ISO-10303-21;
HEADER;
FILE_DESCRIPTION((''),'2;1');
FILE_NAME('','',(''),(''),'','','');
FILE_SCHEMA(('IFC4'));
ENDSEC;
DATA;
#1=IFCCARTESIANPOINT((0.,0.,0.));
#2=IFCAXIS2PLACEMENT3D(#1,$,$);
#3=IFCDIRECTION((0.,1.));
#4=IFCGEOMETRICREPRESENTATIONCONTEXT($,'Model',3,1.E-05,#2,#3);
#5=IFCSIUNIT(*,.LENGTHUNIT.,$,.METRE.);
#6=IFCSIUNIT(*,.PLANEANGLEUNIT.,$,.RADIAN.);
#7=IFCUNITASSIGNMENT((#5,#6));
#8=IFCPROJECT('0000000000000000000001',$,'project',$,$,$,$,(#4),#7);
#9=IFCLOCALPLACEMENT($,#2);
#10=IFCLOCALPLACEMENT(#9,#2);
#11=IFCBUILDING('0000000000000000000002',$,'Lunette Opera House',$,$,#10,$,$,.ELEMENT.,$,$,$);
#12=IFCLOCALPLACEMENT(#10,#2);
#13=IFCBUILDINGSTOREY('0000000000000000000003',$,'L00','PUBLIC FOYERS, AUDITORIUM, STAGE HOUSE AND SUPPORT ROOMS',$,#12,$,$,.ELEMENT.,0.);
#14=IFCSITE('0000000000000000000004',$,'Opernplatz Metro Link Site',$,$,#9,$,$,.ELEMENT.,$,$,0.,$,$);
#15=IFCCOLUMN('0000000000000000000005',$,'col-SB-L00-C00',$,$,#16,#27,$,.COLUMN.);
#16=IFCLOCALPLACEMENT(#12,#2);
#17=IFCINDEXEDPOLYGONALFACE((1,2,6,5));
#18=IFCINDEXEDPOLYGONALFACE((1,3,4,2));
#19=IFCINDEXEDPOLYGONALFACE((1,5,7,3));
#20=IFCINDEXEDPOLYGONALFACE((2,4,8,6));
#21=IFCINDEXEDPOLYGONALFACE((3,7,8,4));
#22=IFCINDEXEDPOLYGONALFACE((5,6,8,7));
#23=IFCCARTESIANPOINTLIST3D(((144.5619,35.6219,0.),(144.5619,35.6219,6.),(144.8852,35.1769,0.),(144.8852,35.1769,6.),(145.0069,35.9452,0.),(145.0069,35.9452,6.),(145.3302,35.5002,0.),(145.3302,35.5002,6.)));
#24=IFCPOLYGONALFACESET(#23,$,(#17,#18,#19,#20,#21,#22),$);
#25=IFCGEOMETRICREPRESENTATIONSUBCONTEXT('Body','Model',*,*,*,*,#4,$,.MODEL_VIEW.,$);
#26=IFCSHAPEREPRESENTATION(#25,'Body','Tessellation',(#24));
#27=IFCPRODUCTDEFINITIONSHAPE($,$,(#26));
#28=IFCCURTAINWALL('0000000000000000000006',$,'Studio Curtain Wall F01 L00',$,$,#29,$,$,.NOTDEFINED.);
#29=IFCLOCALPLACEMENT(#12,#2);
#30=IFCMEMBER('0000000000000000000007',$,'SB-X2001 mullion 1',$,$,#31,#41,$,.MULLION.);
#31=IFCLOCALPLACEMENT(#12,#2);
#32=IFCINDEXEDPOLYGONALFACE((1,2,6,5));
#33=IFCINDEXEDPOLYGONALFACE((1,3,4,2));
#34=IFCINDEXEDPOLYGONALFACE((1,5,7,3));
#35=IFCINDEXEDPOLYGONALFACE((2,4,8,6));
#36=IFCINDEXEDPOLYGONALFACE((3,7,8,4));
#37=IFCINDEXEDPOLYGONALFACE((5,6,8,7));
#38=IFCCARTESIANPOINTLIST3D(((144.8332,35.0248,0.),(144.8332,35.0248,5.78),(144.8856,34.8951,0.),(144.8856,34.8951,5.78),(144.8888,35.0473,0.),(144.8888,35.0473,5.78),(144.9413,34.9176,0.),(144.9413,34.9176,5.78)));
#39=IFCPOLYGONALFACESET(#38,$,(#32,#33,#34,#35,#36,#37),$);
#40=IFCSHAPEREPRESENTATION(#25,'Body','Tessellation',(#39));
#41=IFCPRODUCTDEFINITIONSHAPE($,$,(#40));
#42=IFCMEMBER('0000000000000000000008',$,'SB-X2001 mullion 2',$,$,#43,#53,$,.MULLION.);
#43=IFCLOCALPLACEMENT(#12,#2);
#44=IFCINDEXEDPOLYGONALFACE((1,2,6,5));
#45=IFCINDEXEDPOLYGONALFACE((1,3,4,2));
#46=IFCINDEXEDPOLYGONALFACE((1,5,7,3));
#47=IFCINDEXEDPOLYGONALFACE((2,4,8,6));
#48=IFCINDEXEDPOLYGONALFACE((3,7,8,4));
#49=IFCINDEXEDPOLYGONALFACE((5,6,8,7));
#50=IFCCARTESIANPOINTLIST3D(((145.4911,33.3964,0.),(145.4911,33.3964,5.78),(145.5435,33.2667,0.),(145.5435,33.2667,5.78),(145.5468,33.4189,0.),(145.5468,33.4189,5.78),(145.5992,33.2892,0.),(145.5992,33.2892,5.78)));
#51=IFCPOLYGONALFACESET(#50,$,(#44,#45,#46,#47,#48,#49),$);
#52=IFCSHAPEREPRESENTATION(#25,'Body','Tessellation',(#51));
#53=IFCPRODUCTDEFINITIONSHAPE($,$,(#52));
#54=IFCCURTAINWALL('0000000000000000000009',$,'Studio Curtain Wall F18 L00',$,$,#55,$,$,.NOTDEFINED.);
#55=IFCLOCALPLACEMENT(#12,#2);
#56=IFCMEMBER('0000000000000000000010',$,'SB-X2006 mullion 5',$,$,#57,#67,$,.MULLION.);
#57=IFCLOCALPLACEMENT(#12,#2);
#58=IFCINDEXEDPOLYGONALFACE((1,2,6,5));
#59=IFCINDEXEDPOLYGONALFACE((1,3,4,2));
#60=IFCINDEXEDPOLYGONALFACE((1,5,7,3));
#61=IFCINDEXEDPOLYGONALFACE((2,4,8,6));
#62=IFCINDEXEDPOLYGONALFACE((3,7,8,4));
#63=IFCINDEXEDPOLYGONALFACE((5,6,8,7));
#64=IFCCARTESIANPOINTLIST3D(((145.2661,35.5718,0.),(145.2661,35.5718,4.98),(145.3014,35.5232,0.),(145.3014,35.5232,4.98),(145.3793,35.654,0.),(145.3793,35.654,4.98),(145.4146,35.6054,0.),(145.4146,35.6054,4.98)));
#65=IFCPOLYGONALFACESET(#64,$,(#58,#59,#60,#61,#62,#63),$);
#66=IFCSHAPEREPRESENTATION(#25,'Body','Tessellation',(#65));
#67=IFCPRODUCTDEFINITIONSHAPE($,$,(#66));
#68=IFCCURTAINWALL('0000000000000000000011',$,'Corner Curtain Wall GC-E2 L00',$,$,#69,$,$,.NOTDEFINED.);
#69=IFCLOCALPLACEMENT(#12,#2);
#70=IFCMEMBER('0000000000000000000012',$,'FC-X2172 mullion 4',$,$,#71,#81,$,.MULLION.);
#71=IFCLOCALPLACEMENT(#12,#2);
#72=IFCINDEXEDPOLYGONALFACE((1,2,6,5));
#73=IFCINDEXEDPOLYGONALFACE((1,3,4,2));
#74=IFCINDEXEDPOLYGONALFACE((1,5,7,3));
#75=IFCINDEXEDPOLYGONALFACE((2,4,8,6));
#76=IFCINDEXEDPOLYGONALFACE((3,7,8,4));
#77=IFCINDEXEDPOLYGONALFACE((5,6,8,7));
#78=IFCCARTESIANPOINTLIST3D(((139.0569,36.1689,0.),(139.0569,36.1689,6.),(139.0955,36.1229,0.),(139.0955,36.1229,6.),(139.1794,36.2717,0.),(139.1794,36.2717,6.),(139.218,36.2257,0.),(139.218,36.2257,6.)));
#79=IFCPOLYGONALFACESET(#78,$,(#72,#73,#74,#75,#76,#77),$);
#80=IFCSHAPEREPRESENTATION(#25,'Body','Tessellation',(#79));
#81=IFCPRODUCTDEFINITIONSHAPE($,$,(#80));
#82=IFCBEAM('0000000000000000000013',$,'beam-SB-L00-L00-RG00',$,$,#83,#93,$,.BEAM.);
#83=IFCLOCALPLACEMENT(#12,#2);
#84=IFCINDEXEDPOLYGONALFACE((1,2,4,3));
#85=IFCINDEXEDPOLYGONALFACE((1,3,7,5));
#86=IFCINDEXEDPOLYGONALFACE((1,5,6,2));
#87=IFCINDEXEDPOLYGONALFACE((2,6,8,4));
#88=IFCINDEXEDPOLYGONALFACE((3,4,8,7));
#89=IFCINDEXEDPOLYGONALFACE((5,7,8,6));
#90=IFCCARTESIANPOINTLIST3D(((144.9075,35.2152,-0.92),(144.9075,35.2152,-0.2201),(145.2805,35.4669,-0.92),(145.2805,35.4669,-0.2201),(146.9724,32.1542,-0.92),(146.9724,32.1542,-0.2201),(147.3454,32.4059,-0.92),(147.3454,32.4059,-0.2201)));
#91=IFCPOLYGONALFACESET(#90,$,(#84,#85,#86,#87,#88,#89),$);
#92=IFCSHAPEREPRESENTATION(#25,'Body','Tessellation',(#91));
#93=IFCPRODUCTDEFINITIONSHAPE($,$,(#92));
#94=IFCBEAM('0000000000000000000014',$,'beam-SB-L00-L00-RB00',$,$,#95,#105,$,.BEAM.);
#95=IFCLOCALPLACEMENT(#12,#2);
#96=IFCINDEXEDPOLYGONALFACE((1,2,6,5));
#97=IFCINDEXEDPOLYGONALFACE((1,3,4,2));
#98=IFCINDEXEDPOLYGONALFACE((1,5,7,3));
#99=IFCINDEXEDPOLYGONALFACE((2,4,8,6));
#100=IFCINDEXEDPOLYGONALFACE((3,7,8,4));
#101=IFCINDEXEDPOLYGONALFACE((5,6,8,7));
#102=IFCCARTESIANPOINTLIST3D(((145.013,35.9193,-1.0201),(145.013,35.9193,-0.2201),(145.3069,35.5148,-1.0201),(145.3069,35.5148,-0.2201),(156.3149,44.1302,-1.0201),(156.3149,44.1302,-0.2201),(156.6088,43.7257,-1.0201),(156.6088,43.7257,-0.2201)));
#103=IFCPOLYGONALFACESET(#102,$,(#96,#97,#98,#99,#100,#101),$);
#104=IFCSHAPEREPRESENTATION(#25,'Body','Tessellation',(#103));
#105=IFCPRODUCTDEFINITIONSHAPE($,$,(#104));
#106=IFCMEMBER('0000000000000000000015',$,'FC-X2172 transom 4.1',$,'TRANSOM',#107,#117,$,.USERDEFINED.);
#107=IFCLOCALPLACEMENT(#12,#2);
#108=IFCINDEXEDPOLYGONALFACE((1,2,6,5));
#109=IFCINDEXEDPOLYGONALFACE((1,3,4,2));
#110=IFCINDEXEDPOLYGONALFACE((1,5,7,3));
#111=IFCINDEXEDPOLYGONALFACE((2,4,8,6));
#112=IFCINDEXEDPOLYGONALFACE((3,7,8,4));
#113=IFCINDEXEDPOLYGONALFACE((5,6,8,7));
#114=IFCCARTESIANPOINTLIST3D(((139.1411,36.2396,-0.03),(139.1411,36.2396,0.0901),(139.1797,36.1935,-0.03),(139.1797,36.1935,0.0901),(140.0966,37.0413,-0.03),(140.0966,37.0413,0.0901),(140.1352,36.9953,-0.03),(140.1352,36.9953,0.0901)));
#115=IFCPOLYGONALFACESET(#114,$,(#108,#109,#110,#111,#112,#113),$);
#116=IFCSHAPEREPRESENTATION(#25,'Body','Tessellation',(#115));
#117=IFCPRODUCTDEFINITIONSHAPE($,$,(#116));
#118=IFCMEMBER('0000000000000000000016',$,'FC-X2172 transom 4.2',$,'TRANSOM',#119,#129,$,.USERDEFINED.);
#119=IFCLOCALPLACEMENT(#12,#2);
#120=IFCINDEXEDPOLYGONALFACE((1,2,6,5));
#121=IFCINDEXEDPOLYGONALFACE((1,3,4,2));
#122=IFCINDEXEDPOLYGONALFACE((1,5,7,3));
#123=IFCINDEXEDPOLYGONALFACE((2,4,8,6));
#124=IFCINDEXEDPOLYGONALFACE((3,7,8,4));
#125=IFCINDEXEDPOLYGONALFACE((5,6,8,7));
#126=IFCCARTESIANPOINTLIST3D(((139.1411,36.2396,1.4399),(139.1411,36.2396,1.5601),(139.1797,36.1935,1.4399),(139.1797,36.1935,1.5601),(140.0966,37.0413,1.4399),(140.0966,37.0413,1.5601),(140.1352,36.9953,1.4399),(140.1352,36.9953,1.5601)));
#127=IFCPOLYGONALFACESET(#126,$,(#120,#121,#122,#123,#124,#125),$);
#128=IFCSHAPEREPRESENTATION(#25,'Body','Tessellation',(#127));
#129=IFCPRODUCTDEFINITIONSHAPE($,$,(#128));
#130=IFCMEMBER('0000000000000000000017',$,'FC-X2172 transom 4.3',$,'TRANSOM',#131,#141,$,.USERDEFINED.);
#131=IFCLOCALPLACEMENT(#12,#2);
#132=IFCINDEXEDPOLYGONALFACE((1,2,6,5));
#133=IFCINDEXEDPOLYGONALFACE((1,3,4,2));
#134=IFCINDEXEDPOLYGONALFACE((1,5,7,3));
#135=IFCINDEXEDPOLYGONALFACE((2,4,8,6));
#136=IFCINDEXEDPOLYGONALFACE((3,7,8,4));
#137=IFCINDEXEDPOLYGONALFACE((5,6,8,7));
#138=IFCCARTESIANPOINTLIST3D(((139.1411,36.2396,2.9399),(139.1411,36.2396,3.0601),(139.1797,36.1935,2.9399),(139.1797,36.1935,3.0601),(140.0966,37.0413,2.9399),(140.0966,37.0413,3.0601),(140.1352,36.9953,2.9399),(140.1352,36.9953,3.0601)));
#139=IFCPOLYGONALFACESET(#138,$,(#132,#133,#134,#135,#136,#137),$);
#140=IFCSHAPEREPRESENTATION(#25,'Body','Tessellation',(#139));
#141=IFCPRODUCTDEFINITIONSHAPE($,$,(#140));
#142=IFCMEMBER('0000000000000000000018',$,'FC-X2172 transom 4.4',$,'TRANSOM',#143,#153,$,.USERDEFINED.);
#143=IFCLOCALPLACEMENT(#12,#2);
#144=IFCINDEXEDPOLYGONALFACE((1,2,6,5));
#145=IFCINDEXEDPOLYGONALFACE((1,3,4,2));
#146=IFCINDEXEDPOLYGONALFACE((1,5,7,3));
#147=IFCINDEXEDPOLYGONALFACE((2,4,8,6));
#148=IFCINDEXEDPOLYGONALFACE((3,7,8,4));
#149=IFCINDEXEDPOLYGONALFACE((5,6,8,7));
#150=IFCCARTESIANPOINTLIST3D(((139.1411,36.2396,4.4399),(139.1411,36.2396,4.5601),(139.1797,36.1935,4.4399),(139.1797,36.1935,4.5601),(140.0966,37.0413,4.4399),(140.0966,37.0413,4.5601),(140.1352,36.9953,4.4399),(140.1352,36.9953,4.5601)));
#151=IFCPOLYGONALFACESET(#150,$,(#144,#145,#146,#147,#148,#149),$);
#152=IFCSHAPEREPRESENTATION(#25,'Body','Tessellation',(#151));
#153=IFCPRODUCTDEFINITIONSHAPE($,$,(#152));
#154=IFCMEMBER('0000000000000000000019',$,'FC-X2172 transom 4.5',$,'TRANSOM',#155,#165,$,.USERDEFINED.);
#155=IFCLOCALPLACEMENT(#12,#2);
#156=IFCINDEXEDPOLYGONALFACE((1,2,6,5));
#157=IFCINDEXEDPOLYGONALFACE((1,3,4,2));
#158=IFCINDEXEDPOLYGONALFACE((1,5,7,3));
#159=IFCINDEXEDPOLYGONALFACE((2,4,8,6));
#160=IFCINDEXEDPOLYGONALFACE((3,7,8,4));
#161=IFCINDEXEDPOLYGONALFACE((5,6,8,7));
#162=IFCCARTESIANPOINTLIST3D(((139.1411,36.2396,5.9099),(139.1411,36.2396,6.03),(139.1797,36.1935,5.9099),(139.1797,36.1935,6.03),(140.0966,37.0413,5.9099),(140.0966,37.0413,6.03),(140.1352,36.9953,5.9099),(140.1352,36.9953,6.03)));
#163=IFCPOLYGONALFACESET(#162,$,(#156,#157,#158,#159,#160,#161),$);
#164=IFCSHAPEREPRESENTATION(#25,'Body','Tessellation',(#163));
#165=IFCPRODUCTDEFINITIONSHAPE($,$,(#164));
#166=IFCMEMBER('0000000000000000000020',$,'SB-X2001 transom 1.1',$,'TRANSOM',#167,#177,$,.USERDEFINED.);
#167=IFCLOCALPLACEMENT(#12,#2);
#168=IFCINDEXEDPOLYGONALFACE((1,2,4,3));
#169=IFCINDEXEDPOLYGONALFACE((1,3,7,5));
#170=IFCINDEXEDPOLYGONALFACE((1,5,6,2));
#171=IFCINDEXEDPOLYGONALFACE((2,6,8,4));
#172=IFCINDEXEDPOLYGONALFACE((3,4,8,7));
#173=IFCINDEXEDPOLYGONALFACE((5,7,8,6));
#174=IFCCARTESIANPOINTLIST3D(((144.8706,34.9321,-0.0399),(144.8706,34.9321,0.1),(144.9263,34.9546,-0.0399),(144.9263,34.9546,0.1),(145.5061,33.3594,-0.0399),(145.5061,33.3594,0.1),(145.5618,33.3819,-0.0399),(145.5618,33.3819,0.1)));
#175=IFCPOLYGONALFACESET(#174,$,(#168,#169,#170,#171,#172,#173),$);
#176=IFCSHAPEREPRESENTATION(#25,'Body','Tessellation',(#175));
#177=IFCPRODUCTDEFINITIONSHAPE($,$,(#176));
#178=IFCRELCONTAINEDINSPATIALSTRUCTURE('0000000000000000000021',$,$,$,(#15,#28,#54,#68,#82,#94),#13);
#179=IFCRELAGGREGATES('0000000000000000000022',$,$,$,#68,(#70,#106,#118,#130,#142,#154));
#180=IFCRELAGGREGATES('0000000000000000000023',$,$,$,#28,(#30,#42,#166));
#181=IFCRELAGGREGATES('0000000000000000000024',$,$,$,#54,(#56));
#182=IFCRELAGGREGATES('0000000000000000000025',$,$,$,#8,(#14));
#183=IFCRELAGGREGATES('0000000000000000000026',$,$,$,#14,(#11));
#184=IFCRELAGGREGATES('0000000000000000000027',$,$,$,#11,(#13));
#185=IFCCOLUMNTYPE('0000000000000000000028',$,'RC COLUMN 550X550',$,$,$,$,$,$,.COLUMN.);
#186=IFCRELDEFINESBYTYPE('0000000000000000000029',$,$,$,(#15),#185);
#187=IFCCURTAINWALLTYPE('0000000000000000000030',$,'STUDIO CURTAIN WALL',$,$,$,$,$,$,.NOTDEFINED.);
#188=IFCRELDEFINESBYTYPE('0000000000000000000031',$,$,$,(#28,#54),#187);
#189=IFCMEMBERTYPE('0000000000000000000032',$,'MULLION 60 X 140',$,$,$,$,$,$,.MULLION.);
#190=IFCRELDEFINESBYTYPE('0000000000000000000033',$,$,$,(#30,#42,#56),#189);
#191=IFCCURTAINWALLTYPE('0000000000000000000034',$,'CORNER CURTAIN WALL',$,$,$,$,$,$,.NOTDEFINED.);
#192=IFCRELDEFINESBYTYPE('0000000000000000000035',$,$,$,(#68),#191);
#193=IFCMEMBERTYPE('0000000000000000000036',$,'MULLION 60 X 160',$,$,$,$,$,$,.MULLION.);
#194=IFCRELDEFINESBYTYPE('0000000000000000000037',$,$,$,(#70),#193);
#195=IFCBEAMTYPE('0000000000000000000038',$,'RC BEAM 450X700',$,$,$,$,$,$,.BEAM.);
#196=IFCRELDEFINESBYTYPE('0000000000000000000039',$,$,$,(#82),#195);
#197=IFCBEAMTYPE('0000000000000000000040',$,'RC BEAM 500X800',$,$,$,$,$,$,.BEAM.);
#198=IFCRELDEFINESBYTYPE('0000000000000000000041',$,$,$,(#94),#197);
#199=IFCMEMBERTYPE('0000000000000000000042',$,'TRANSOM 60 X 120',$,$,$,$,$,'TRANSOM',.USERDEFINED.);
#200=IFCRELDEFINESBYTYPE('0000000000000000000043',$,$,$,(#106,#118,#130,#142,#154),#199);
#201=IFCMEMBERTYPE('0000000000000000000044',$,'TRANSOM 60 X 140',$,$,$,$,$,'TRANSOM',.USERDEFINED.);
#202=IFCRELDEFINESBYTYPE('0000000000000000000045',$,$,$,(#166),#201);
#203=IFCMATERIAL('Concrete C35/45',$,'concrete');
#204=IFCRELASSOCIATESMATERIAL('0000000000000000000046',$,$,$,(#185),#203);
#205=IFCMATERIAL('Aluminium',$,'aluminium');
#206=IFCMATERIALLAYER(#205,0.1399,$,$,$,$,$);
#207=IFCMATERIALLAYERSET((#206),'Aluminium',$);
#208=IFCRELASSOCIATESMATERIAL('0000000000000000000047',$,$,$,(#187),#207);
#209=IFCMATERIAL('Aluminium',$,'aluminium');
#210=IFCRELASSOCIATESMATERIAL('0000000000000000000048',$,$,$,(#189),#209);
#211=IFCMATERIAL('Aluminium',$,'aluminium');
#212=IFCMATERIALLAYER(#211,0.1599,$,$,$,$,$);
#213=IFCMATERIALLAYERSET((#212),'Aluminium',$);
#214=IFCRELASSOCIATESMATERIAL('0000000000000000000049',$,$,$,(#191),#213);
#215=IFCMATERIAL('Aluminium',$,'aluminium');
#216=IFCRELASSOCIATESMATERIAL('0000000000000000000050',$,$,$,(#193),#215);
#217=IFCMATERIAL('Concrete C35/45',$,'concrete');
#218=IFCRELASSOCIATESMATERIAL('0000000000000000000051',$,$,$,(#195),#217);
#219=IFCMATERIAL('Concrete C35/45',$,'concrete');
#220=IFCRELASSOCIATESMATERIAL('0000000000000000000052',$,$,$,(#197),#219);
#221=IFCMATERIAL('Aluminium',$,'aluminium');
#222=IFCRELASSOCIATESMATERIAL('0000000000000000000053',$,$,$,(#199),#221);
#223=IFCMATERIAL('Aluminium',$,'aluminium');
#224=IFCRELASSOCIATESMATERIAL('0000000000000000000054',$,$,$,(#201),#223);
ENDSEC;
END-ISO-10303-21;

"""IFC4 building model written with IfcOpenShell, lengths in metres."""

from ifc_helpers import new_model, si_unit, direction, frame, origin, origin_2d, place, context, subcontext, project, spatial, rectangle, extrude, material, layer, layer_set, material_profile, profile_set, type_object, element, aggregate, save


model = new_model("IFC4")

# Units and contexts
model_context = context("Model", 3, precision=1e-05, world=origin(), true_north=direction((0.0, 1.0)))
body_context = subcontext(model_context, "Body", "Model", "MODEL_VIEW")
ifc_project = project(units=[si_unit("LENGTHUNIT", "METRE"), si_unit("PLANEANGLEUNIT", "RADIAN")], contexts=[model_context])

# Site, building, storey
site_placement = place(None, origin())
site = spatial("IfcSite", under=ifc_project, at=site_placement, Name="Opernplatz Metro Link Site", CompositionType="ELEMENT", RefElevation=0.0)
building_placement = place(site_placement, origin())
building = spatial("IfcBuilding", under=site, at=building_placement, Name="Lunette Opera House", CompositionType="ELEMENT")
storey_placement = place(building_placement, origin())
storey = spatial("IfcBuildingStorey", under=building, at=storey_placement, Name="L00", Description="PUBLIC FOYERS, AUDITORIUM, STAGE HOUSE AND SUPPORT ROOMS", CompositionType="ELEMENT", Elevation=0.0)

# Column
ifc_material_1 = material(Name="Concrete C35/45", Category="concrete")
ifc_material_profile_1 = material_profile(ifc_material_1, rectangle(XDim=0.55, YDim=0.55, at=origin_2d()), Name="RC COLUMN 550X550")
ifc_profile_set_1 = profile_set([ifc_material_profile_1], Name="Concrete C35/45")
column_type = type_object("IfcColumnType", Name="RC COLUMN 550X550", PredefinedType="COLUMN", material=ifc_profile_set_1)
column_placement = place(storey_placement, frame((144.946, 35.561, 0.0), z_axis=(0.0, 0.0, 1.0), x_axis=(0.587785, -0.809017, 0.0)))
element("IfcColumn", 1, at=column_placement, inside=storey, type_object=column_type, Name="col-SB-L00-C00", PredefinedType="COLUMN", context=body_context, shape_type="SweptSolid", body=[
    extrude(rectangle(XDim=0.55, YDim=0.55, at=origin_2d()), origin(), (0.0, 0.0, 1.0), 6.0),
])

# Curtain wall, members
ifc_material_2 = material(Name="Aluminium", Category="aluminium")
ifc_layer_1 = layer(ifc_material_2, 0.1399)
ifc_layer_set_1 = layer_set([ifc_layer_1], Name="Aluminium")
curtain_wall_type_1 = type_object("IfcCurtainWallType", Name="STUDIO CURTAIN WALL", PredefinedType="NOTDEFINED", material=ifc_layer_set_1)
curtain_wall_1_placement = place(storey_placement, origin())
curtain_wall_1 = element("IfcCurtainWall", 2, at=curtain_wall_1_placement, inside=storey, type_object=curtain_wall_type_1, Name="Studio Curtain Wall F01 L00", PredefinedType="NOTDEFINED")
ifc_material_3 = material(Name="Aluminium", Category="aluminium")
ifc_material_profile_2 = material_profile(ifc_material_3, rectangle(XDim=0.0601, YDim=0.1399, at=origin_2d()), Name="MULLION 60 X 140")
ifc_profile_set_2 = profile_set([ifc_material_profile_2], Name="Aluminium")
member_type_1 = type_object("IfcMemberType", Name="MULLION 60 X 140", PredefinedType="MULLION", material=ifc_profile_set_2)
member_1_placement = place(storey_placement, frame((144.8872, 34.9712, 0.0), z_axis=(0.0, 0.0, 1.0), x_axis=(0.927168, 0.374646, 0.0)))
member_1 = element("IfcMember", 3, at=member_1_placement, type_object=member_type_1, Name="SB-X2001 mullion 1", PredefinedType="MULLION", context=body_context, shape_type="SweptSolid", body=[
    extrude(rectangle(XDim=0.0601, YDim=0.1399, at=origin_2d()), origin(), (0.0, 0.0, 1.0), 5.78),
])
member_2_placement = place(storey_placement, frame((145.5452, 33.3428, 0.0), z_axis=(0.0, 0.0, 1.0), x_axis=(0.927168, 0.374646, 0.0)))
member_2 = element("IfcMember", 4, at=member_2_placement, type_object=member_type_1, Name="SB-X2001 mullion 2", PredefinedType="MULLION", context=body_context, shape_type="SweptSolid", body=[
    extrude(rectangle(XDim=0.0601, YDim=0.1399, at=origin_2d()), origin(), (0.0, 0.0, 1.0), 5.78),
])

# Curtain walls, members
curtain_wall_2_placement = place(storey_placement, origin())
curtain_wall_2 = element("IfcCurtainWall", 5, at=curtain_wall_2_placement, inside=storey, type_object=curtain_wall_type_1, Name="Studio Curtain Wall F18 L00", PredefinedType="NOTDEFINED")
member_3_placement = place(storey_placement, frame((145.3403, 35.5886, 0.0), z_axis=(0.0, 0.0, 1.0), x_axis=(0.587772, -0.809027, 0.0)))
member_3 = element("IfcMember", 6, at=member_3_placement, type_object=member_type_1, Name="SB-X2006 mullion 5", PredefinedType="MULLION", context=body_context, shape_type="SweptSolid", body=[
    extrude(rectangle(XDim=0.0601, YDim=0.1399, at=origin_2d()), origin(), (0.0, 0.0, 1.0), 4.98),
])
ifc_material_4 = material(Name="Aluminium", Category="aluminium")
ifc_layer_2 = layer(ifc_material_4, 0.1599)
ifc_layer_set_2 = layer_set([ifc_layer_2], Name="Aluminium")
curtain_wall_type_2 = type_object("IfcCurtainWallType", Name="CORNER CURTAIN WALL", PredefinedType="NOTDEFINED", material=ifc_layer_set_2)
curtain_wall_3_placement = place(storey_placement, origin())
curtain_wall_3 = element("IfcCurtainWall", 7, at=curtain_wall_3_placement, inside=storey, type_object=curtain_wall_type_2, Name="Corner Curtain Wall GC-E2 L00", PredefinedType="NOTDEFINED")
ifc_material_5 = material(Name="Aluminium", Category="aluminium")
ifc_material_profile_3 = material_profile(ifc_material_5, rectangle(XDim=0.0601, YDim=0.1599, at=origin_2d()), Name="MULLION 60 X 160")
ifc_profile_set_3 = profile_set([ifc_material_profile_3], Name="Aluminium")
member_type_2 = type_object("IfcMemberType", Name="MULLION 60 X 160", PredefinedType="MULLION", material=ifc_profile_set_3)
member_4_placement = place(storey_placement, frame((139.1375, 36.1973, 0.0), z_axis=(0.0, 0.0, 1.0), x_axis=(-0.642828, 0.76601, 0.0)))
member_4 = element("IfcMember", 8, at=member_4_placement, type_object=member_type_2, Name="FC-X2172 mullion 4", PredefinedType="MULLION", context=body_context, shape_type="SweptSolid", body=[
    extrude(rectangle(XDim=0.0601, YDim=0.1599, at=origin_2d()), origin(), (0.0, 0.0, 1.0), 6.0),
])

# Beams
ifc_material_6 = material(Name="Concrete C35/45", Category="concrete")
ifc_material_profile_4 = material_profile(ifc_material_6, rectangle(XDim=0.45, YDim=0.7, at=origin_2d()), Name="RC BEAM 450X700")
ifc_profile_set_4 = profile_set([ifc_material_profile_4], Name="Concrete C35/45")
beam_type_1 = type_object("IfcBeamType", Name="RC BEAM 450X700", PredefinedType="BEAM", material=ifc_profile_set_4)
beam_1_placement = place(storey_placement, frame((145.094, 35.3411, -0.5701), z_axis=(0.559239, -0.829007, 0.0), x_axis=(0.829007, 0.559239, 0.0)))
element("IfcBeam", 9, at=beam_1_placement, inside=storey, type_object=beam_type_1, Name="beam-SB-L00-L00-RG00", PredefinedType="BEAM", context=body_context, shape_type="SweptSolid", body=[
    extrude(rectangle(XDim=0.45, YDim=0.7, at=origin_2d()), origin(), (0.0, 0.0, 1.0), 3.6924),
])
ifc_material_7 = material(Name="Concrete C35/45", Category="concrete")
ifc_material_profile_5 = material_profile(ifc_material_7, rectangle(XDim=0.5, YDim=0.8, at=origin_2d()), Name="RC BEAM 500X800")
ifc_profile_set_5 = profile_set([ifc_material_profile_5], Name="Concrete C35/45")
beam_type_2 = type_object("IfcBeamType", Name="RC BEAM 500X800", PredefinedType="BEAM", material=ifc_profile_set_5)
beam_2_placement = place(storey_placement, frame((145.1599, 35.717, -0.6201), z_axis=(0.809032, 0.587764, 0.0), x_axis=(-0.587764, 0.809032, 0.0)))
element("IfcBeam", 10, at=beam_2_placement, inside=storey, type_object=beam_type_2, Name="beam-SB-L00-L00-RB00", PredefinedType="BEAM", context=body_context, shape_type="SweptSolid", body=[
    extrude(rectangle(XDim=0.5, YDim=0.8, at=origin_2d()), origin(), (0.0, 0.0, 1.0), 13.9697),
])

# Members
ifc_material_8 = material(Name="Aluminium", Category="aluminium")
ifc_material_profile_6 = material_profile(ifc_material_8, rectangle(XDim=0.0601, YDim=0.1201, at=origin_2d()), Name="TRANSOM 60 X 120")
ifc_profile_set_6 = profile_set([ifc_material_profile_6], Name="Aluminium")
member_type_3 = type_object("IfcMemberType", Name="TRANSOM 60 X 120", ElementType="TRANSOM", PredefinedType="USERDEFINED", material=ifc_profile_set_6)
member_5_placement = place(storey_placement, frame((139.1604, 36.2166, 0.03), z_axis=(0.766067, 0.642761, 0.0), x_axis=(-0.642761, 0.766067, 0.0)))
member_5 = element("IfcMember", 11, at=member_5_placement, type_object=member_type_3, Name="FC-X2172 transom 4.1", ObjectType="TRANSOM", PredefinedType="USERDEFINED", context=body_context, shape_type="SweptSolid", body=[
    extrude(rectangle(XDim=0.0601, YDim=0.1201, at=origin_2d()), origin(), (0.0, 0.0, 1.0), 1.2473),
])
member_6_placement = place(storey_placement, frame((139.1604, 36.2166, 1.5), z_axis=(0.766067, 0.642761, 0.0), x_axis=(-0.642761, 0.766067, 0.0)))
member_6 = element("IfcMember", 12, at=member_6_placement, type_object=member_type_3, Name="FC-X2172 transom 4.2", ObjectType="TRANSOM", PredefinedType="USERDEFINED", context=body_context, shape_type="SweptSolid", body=[
    extrude(rectangle(XDim=0.0601, YDim=0.1201, at=origin_2d()), origin(), (0.0, 0.0, 1.0), 1.2473),
])
member_7_placement = place(storey_placement, frame((139.1604, 36.2166, 3.0), z_axis=(0.766067, 0.642761, 0.0), x_axis=(-0.642761, 0.766067, 0.0)))
member_7 = element("IfcMember", 13, at=member_7_placement, type_object=member_type_3, Name="FC-X2172 transom 4.3", ObjectType="TRANSOM", PredefinedType="USERDEFINED", context=body_context, shape_type="SweptSolid", body=[
    extrude(rectangle(XDim=0.0601, YDim=0.1201, at=origin_2d()), origin(), (0.0, 0.0, 1.0), 1.2473),
])
member_8_placement = place(storey_placement, frame((139.1604, 36.2166, 4.5), z_axis=(0.766067, 0.642761, 0.0), x_axis=(-0.642761, 0.766067, 0.0)))
member_8 = element("IfcMember", 14, at=member_8_placement, type_object=member_type_3, Name="FC-X2172 transom 4.4", ObjectType="TRANSOM", PredefinedType="USERDEFINED", context=body_context, shape_type="SweptSolid", body=[
    extrude(rectangle(XDim=0.0601, YDim=0.1201, at=origin_2d()), origin(), (0.0, 0.0, 1.0), 1.2473),
])
member_9_placement = place(storey_placement, frame((139.1604, 36.2166, 5.97), z_axis=(0.766067, 0.642761, 0.0), x_axis=(-0.642761, 0.766067, 0.0)))
member_9 = element("IfcMember", 15, at=member_9_placement, type_object=member_type_3, Name="FC-X2172 transom 4.5", ObjectType="TRANSOM", PredefinedType="USERDEFINED", context=body_context, shape_type="SweptSolid", body=[
    extrude(rectangle(XDim=0.0601, YDim=0.1201, at=origin_2d()), origin(), (0.0, 0.0, 1.0), 1.2473),
])
ifc_material_9 = material(Name="Aluminium", Category="aluminium")
ifc_material_profile_7 = material_profile(ifc_material_9, rectangle(XDim=0.0601, YDim=0.1399, at=origin_2d()), Name="TRANSOM 60 X 140")
ifc_profile_set_7 = profile_set([ifc_material_profile_7], Name="Aluminium")
member_type_4 = type_object("IfcMemberType", Name="TRANSOM 60 X 140", ElementType="TRANSOM", PredefinedType="USERDEFINED", material=ifc_profile_set_7)
member_10_placement = place(storey_placement, frame((144.8984, 34.9434, 0.03), z_axis=(0.374639, -0.927171, 0.0), x_axis=(0.927171, 0.374639, 0.0)))
member_10 = element("IfcMember", 16, at=member_10_placement, type_object=member_type_4, Name="SB-X2001 transom 1.1", ObjectType="TRANSOM", PredefinedType="USERDEFINED", context=body_context, shape_type="SweptSolid", body=[
    extrude(rectangle(XDim=0.0601, YDim=0.1399, at=origin_2d()), origin(), (0.0, 0.0, 1.0), 1.6963),
])

aggregate(curtain_wall_3, [member_4, member_5, member_6, member_7, member_8, member_9])
aggregate(curtain_wall_1, [member_1, member_2, member_10])
aggregate(curtain_wall_2, [member_3])

save(model, "model.ifc")
